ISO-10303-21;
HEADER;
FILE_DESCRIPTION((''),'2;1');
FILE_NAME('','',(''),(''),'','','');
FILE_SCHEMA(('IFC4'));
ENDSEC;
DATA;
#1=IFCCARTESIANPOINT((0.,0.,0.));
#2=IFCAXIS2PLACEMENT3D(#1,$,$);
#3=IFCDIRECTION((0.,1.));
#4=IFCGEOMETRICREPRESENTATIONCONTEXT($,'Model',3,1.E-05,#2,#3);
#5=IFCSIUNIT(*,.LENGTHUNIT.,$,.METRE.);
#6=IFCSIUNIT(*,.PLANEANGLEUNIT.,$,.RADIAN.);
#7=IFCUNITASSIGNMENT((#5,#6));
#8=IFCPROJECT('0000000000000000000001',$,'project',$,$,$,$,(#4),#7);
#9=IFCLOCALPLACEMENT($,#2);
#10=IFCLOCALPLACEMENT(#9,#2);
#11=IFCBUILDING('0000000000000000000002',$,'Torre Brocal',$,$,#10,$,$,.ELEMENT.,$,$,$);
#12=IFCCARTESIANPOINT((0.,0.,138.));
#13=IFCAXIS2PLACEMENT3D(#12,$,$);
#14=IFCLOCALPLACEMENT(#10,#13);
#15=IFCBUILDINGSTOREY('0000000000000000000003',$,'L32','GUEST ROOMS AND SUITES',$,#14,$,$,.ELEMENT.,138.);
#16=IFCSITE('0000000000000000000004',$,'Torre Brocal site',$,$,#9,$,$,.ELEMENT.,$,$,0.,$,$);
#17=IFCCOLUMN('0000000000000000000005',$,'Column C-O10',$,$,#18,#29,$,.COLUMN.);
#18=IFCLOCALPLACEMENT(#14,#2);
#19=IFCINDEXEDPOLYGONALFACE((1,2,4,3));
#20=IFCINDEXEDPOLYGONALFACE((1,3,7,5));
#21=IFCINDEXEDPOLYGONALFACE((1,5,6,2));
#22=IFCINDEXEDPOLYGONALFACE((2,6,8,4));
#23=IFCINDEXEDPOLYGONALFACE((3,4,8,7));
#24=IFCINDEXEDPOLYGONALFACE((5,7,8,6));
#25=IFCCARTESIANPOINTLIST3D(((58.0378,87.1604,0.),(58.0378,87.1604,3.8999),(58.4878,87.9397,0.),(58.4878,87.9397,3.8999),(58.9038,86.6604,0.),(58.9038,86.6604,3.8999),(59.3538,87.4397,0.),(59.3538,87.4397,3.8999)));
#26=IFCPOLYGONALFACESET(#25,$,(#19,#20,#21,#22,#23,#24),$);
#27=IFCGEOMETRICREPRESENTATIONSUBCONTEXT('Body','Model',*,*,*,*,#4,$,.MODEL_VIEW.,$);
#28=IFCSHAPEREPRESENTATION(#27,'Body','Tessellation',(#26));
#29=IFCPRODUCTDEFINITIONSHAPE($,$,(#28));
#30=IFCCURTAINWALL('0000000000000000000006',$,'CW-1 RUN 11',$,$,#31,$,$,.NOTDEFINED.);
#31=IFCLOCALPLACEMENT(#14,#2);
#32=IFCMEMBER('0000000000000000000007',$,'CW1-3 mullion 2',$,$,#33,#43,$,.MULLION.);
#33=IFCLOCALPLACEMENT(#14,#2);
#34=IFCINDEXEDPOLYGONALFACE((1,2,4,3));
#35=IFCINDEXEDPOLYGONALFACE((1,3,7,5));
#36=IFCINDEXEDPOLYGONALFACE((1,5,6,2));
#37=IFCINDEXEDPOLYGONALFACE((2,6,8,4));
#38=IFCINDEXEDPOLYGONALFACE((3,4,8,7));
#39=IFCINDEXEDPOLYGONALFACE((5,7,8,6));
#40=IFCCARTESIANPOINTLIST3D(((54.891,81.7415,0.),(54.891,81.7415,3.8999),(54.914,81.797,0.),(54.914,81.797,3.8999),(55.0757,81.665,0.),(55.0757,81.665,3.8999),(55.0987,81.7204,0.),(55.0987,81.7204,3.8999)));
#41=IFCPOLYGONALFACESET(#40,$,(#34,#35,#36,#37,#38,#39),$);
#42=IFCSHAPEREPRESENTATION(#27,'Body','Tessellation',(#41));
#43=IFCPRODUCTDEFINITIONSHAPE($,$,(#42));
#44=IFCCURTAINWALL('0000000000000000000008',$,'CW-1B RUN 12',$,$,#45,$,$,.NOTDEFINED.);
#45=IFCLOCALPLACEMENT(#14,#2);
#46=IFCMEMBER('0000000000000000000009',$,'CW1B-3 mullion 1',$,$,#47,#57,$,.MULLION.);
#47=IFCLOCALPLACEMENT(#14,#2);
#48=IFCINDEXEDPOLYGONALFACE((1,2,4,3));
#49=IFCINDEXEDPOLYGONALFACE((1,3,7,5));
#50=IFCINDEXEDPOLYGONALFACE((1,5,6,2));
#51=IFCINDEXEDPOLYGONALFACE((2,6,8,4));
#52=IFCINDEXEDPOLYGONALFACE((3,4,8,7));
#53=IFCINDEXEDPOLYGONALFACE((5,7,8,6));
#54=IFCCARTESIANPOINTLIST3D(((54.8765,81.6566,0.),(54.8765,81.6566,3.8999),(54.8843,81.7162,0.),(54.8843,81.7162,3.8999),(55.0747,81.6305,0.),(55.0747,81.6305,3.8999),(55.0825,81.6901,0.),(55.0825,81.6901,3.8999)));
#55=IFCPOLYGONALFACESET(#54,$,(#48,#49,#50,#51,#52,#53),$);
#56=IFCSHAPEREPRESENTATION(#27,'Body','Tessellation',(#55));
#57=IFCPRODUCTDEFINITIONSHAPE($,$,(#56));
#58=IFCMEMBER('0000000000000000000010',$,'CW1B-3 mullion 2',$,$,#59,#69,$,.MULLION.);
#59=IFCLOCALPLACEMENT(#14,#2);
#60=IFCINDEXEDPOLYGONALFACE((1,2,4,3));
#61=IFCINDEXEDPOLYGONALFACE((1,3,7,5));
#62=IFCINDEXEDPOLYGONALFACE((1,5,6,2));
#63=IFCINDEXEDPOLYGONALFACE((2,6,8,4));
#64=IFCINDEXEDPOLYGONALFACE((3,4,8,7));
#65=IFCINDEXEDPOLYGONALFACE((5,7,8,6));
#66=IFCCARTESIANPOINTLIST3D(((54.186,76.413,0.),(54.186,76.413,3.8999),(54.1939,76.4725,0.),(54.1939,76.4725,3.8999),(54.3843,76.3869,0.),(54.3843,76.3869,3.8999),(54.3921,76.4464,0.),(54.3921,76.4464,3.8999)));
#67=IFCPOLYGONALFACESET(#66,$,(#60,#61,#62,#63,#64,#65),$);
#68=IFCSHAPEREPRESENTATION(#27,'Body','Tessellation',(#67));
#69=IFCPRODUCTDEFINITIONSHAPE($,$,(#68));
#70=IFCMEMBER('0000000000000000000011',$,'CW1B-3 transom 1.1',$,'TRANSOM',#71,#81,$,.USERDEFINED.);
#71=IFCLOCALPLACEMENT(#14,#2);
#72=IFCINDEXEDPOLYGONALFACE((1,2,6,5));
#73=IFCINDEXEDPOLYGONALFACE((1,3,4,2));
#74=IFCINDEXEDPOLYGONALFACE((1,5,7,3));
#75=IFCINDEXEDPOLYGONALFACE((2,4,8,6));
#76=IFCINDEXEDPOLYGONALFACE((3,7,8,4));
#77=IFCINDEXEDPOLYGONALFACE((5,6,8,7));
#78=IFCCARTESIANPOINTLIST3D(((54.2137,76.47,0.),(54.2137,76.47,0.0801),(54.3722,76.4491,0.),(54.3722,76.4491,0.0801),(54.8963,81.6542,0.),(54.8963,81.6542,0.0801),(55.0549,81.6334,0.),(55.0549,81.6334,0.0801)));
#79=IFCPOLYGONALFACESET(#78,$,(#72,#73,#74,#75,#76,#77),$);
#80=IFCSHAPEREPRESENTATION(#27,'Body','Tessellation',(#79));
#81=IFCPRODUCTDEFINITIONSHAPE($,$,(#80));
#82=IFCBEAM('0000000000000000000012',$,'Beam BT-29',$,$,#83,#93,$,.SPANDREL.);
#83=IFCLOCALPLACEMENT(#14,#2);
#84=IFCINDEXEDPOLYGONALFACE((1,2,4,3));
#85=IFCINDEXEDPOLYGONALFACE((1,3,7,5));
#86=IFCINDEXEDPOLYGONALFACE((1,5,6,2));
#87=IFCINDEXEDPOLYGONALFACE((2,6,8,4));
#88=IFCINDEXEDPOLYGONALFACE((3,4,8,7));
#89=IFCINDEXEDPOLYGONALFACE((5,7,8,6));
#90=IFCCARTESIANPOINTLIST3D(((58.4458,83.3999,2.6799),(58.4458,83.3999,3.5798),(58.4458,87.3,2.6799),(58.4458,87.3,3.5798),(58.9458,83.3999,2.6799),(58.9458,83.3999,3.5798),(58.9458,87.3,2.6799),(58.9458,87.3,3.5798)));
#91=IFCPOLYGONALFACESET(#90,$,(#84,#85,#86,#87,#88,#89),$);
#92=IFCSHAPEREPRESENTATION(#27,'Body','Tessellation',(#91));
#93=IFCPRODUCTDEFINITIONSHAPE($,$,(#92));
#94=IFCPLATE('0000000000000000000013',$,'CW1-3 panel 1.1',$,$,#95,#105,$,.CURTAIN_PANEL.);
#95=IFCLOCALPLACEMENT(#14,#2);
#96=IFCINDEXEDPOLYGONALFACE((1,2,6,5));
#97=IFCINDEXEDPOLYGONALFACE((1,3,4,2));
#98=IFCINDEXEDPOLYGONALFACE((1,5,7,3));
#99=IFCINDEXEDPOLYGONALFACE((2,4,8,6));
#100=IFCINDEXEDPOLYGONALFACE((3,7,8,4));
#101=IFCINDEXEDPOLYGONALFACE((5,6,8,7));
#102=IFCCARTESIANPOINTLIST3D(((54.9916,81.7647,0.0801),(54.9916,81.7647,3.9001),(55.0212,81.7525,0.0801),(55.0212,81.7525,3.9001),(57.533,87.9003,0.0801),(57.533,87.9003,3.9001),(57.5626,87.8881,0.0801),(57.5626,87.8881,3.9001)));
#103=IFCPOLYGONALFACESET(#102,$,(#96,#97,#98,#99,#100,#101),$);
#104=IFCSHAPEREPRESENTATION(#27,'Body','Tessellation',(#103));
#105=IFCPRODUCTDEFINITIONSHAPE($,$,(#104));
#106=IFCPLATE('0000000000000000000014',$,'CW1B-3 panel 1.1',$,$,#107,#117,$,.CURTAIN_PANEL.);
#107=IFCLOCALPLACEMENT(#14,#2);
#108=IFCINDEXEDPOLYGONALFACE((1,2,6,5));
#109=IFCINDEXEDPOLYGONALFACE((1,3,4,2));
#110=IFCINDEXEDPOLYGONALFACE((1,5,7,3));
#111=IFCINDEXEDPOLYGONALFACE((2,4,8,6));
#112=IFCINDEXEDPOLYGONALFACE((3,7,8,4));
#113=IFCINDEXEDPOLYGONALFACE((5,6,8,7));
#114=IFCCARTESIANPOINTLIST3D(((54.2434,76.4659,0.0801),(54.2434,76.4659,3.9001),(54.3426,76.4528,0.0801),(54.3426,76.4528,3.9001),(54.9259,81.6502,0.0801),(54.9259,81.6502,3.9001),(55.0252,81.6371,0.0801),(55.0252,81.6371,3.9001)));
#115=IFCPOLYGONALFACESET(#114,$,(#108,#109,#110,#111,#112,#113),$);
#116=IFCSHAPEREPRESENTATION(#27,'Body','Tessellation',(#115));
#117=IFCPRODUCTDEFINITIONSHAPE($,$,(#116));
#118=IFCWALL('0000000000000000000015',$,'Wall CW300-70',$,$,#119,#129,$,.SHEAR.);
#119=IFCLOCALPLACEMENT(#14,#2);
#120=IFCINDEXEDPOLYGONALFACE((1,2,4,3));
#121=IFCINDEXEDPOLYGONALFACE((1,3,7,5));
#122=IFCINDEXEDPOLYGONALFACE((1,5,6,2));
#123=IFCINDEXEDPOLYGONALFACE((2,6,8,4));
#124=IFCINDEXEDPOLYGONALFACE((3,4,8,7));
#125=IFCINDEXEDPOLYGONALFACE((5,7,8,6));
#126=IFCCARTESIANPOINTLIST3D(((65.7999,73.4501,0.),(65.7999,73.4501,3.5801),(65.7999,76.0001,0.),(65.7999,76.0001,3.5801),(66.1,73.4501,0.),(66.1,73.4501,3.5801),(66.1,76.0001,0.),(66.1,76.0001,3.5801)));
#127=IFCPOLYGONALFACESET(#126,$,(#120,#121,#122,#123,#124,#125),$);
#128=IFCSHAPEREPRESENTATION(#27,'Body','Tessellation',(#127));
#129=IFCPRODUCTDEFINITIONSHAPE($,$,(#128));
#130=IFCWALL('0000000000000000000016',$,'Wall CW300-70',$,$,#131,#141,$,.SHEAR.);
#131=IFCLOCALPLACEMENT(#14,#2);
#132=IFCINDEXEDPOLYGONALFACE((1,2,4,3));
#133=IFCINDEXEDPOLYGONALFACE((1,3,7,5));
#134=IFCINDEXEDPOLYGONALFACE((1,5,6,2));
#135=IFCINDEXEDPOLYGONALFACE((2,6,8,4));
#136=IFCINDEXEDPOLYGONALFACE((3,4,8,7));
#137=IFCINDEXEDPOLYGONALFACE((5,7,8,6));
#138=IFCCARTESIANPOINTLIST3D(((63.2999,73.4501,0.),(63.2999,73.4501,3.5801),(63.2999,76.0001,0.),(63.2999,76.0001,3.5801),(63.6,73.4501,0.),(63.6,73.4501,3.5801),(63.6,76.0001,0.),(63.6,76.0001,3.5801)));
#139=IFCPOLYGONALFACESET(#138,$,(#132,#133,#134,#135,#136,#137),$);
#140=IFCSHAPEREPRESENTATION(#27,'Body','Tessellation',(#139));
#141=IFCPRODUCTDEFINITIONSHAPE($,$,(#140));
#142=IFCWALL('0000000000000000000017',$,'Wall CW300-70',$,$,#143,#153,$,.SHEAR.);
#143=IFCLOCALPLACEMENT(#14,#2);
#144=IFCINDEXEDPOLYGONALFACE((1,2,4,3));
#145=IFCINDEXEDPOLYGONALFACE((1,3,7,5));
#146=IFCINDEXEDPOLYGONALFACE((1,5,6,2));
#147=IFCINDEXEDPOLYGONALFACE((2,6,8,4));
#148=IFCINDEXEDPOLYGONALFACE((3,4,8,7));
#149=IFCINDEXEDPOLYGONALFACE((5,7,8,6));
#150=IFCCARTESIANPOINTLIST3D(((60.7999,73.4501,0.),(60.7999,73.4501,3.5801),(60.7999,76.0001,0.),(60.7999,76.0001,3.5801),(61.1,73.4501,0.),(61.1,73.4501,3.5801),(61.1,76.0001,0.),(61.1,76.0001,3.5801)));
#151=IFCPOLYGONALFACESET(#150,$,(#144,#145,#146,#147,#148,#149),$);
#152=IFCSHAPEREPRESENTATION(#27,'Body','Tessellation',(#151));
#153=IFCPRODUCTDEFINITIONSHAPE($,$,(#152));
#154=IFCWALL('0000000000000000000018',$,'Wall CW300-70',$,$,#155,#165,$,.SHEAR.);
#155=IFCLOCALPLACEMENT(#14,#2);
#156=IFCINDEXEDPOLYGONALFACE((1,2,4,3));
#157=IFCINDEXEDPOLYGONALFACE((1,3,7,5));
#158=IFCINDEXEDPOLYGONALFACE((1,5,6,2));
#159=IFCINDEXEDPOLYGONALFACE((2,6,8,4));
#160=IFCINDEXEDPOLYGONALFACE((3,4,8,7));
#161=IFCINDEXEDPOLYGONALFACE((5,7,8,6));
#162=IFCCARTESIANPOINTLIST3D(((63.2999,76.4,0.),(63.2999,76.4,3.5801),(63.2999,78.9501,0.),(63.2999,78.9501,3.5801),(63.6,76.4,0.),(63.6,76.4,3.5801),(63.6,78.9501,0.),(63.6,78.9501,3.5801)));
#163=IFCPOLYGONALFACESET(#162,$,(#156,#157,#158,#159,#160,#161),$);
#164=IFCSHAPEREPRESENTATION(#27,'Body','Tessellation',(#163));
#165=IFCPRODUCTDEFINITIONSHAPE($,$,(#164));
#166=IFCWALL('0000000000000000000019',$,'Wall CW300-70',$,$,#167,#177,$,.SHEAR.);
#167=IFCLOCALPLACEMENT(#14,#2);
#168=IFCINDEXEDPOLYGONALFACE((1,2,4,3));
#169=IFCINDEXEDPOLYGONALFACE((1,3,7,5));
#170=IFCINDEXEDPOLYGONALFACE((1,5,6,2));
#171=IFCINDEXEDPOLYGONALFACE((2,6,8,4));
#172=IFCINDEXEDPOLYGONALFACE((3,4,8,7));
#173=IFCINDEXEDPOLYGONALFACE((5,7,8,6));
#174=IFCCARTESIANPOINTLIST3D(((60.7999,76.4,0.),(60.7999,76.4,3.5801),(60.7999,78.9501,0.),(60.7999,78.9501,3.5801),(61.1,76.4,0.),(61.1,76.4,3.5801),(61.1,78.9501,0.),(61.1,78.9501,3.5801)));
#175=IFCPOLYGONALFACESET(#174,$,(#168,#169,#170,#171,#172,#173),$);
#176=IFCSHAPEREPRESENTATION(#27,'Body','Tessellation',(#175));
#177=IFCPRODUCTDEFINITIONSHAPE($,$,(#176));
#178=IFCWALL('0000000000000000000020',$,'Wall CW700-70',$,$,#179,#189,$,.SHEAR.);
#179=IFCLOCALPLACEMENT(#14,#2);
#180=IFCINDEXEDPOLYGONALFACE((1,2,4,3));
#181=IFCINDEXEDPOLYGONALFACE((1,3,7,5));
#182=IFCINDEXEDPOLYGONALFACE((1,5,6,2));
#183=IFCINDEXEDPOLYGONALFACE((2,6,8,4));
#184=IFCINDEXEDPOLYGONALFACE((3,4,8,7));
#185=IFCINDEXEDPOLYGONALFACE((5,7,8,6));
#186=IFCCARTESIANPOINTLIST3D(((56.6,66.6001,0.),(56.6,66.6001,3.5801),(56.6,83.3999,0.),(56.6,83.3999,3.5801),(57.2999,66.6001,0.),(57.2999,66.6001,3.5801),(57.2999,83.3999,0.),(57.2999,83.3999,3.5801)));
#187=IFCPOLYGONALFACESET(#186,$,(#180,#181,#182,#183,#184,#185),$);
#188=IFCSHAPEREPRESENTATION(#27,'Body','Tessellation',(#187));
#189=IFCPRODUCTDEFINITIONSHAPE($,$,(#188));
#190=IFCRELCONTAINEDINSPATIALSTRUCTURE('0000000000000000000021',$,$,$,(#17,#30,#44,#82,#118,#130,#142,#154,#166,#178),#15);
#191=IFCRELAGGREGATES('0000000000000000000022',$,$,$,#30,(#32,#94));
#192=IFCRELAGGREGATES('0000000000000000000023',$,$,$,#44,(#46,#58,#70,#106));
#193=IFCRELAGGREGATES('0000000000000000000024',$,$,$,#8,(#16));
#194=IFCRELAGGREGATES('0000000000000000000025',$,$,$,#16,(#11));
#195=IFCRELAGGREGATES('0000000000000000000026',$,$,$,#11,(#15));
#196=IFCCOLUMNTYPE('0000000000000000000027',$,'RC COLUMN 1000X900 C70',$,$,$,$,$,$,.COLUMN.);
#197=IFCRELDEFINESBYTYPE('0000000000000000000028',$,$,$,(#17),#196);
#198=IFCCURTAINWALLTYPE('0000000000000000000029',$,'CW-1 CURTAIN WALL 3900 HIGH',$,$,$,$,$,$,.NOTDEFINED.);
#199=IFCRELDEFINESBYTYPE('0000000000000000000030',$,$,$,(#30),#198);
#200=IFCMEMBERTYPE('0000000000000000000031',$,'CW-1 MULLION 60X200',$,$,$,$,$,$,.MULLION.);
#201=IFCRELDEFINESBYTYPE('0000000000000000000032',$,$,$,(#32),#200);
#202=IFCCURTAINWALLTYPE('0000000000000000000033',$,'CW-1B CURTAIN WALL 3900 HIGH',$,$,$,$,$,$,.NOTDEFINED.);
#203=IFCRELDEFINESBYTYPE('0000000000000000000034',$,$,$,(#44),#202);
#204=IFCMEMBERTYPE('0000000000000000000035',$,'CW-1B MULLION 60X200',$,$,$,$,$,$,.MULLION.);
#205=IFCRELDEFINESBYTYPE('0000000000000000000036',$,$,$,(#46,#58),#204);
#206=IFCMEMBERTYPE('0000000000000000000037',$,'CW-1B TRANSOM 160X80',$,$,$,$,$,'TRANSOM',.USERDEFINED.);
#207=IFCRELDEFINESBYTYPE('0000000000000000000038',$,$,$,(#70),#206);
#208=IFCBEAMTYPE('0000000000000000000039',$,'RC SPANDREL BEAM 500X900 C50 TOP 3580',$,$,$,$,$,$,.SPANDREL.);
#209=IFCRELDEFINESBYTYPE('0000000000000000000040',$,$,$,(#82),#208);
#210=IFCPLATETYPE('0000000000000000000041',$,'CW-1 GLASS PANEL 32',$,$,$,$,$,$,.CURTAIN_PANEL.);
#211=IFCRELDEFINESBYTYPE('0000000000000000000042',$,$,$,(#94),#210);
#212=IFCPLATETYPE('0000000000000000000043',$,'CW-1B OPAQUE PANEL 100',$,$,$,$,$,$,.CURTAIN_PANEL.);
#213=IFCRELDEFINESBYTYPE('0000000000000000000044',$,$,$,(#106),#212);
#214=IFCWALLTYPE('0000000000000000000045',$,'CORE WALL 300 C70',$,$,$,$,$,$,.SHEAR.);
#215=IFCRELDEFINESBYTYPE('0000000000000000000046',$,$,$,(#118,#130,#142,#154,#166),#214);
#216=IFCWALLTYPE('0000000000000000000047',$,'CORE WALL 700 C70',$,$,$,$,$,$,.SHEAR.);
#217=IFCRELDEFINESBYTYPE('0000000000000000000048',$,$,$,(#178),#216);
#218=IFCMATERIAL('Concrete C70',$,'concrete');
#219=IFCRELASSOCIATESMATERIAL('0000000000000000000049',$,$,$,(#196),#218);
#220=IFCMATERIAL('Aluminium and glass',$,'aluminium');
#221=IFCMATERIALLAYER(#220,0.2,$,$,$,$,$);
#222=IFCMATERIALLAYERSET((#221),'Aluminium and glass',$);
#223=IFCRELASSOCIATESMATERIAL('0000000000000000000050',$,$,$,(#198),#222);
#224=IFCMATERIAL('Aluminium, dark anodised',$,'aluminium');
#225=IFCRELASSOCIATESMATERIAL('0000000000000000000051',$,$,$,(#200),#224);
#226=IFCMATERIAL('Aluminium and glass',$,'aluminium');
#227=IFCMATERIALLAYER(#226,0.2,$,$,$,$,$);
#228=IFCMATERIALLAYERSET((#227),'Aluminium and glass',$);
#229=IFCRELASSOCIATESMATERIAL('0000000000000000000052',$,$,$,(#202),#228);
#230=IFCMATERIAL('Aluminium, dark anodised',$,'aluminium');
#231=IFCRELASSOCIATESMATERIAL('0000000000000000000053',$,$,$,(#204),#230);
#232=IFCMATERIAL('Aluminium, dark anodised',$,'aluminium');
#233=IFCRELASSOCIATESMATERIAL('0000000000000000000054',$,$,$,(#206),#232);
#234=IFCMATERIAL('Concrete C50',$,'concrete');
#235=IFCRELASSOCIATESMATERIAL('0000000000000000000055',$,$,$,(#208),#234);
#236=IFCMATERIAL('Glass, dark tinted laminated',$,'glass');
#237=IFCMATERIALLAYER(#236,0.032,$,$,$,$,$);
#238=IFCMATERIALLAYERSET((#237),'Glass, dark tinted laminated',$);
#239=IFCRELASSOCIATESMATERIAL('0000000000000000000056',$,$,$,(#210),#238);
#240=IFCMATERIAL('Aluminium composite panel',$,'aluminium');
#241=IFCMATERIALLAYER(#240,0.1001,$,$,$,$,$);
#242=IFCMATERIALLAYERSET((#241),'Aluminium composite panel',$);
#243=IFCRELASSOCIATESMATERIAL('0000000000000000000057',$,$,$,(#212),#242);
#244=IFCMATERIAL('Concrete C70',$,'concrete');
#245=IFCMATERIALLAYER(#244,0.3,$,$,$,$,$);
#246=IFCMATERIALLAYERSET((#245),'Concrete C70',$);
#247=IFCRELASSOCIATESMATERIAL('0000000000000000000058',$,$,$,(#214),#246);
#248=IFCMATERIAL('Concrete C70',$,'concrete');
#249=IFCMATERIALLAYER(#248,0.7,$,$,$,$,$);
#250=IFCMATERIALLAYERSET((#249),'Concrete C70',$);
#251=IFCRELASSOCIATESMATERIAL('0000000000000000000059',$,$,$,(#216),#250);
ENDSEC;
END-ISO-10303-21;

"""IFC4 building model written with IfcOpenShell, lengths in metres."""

from ifc_helpers import new_model, si_unit, direction, frame, frame_2d, origin, origin_2d, place, context, subcontext, project, spatial, rectangle, extrude, material, layer, layer_set, material_profile, profile_set, type_object, element, aggregate, save


model = new_model("IFC4")

# Units and contexts
model_context = context("Model", 3, precision=1e-05, world=origin(), true_north=direction((0.0, 1.0)))
body_context = subcontext(model_context, "Body", "Model", "MODEL_VIEW")
ifc_project = project(units=[si_unit("LENGTHUNIT", "METRE"), si_unit("PLANEANGLEUNIT", "RADIAN")], contexts=[model_context])

# Site, building, storey
site_placement = place(None, origin())
site = spatial("IfcSite", under=ifc_project, at=site_placement, Name="Torre Brocal site", CompositionType="ELEMENT", RefElevation=0.0)
building_placement = place(site_placement, origin())
building = spatial("IfcBuilding", under=site, at=building_placement, Name="Torre Brocal", CompositionType="ELEMENT")
storey_placement = place(building_placement, frame((0.0, 0.0, 138.0)))
storey = spatial("IfcBuildingStorey", under=building, at=storey_placement, Name="L32", Description="GUEST ROOMS AND SUITES", CompositionType="ELEMENT", Elevation=138.0)

# Column
ifc_material_1 = material(Name="Concrete C70", Category="concrete")
ifc_material_profile_1 = material_profile(ifc_material_1, rectangle(XDim=1.0, YDim=0.8999, at=origin_2d()), Name="RC 1000X900")
ifc_profile_set_1 = profile_set([ifc_material_profile_1], Name="Concrete C70")
column_type = type_object("IfcColumnType", Name="RC COLUMN 1000X900 C70", PredefinedType="COLUMN", material=ifc_profile_set_1)
column_placement = place(storey_placement, frame((58.6958, 87.3, 0.0), z_axis=(0.0, 0.0, 1.0), x_axis=(-0.866025, 0.5, 0.0)))
element("IfcColumn", 1, at=column_placement, inside=storey, type_object=column_type, Name="Column C-O10", PredefinedType="COLUMN", context=body_context, shape_type="SweptSolid", body=[
    extrude(rectangle(XDim=1.0, YDim=0.8999, at=origin_2d()), origin(), (0.0, 0.0, 1.0), 3.8999),
])

# Curtain wall, member
ifc_material_2 = material(Name="Aluminium and glass", Category="aluminium")
ifc_layer_1 = layer(ifc_material_2, 0.2)
ifc_layer_set_1 = layer_set([ifc_layer_1], Name="Aluminium and glass")
curtain_wall_type_1 = type_object("IfcCurtainWallType", Name="CW-1 CURTAIN WALL 3900 HIGH", PredefinedType="NOTDEFINED", material=ifc_layer_set_1)
curtain_wall_1_placement = place(storey_placement, origin())
curtain_wall_1 = element("IfcCurtainWall", 2, at=curtain_wall_1_placement, inside=storey, type_object=curtain_wall_type_1, Name="CW-1 RUN 11", PredefinedType="NOTDEFINED")
ifc_material_3 = material(Name="Aluminium, dark anodised", Category="aluminium")
ifc_material_profile_2 = material_profile(ifc_material_3, rectangle(XDim=0.2, YDim=0.0601, at=origin_2d()), Name="CW-1 MULLION 60X200")
ifc_profile_set_2 = profile_set([ifc_material_profile_2], Name="Aluminium, dark anodised")
member_type_1 = type_object("IfcMemberType", Name="CW-1 MULLION 60X200", PredefinedType="MULLION", material=ifc_profile_set_2)
member_1_placement = place(storey_placement, frame((54.9949, 81.731, 0.0), z_axis=(0.0, 0.0, 1.0), x_axis=(0.92388, -0.382683, 0.0)))
member_1 = element("IfcMember", 3, at=member_1_placement, type_object=member_type_1, Name="CW1-3 mullion 2", PredefinedType="MULLION", context=body_context, shape_type="SweptSolid", body=[
    extrude(rectangle(XDim=0.2, YDim=0.0601, at=origin_2d()), origin(), (0.0, 0.0, 1.0), 3.8999),
])

# Curtain wall, members
ifc_material_4 = material(Name="Aluminium and glass", Category="aluminium")
ifc_layer_2 = layer(ifc_material_4, 0.2)
ifc_layer_set_2 = layer_set([ifc_layer_2], Name="Aluminium and glass")
curtain_wall_type_2 = type_object("IfcCurtainWallType", Name="CW-1B CURTAIN WALL 3900 HIGH", PredefinedType="NOTDEFINED", material=ifc_layer_set_2)
curtain_wall_2_placement = place(storey_placement, origin())
curtain_wall_2 = element("IfcCurtainWall", 4, at=curtain_wall_2_placement, inside=storey, type_object=curtain_wall_type_2, Name="CW-1B RUN 12", PredefinedType="NOTDEFINED")
ifc_material_5 = material(Name="Aluminium, dark anodised", Category="aluminium")
ifc_material_profile_3 = material_profile(ifc_material_5, rectangle(XDim=0.2, YDim=0.0601, at=origin_2d()), Name="CW-1B MULLION 60X200")
ifc_profile_set_3 = profile_set([ifc_material_profile_3], Name="Aluminium, dark anodised")
member_type_2 = type_object("IfcMemberType", Name="CW-1B MULLION 60X200", PredefinedType="MULLION", material=ifc_profile_set_3)
member_2_placement = place(storey_placement, frame((54.9795, 81.6733, 0.0), z_axis=(0.0, 0.0, 1.0), x_axis=(0.991445, -0.130526, 0.0)))
member_2 = element("IfcMember", 5, at=member_2_placement, type_object=member_type_2, Name="CW1B-3 mullion 1", PredefinedType="MULLION", context=body_context, shape_type="SweptSolid", body=[
    extrude(rectangle(XDim=0.2, YDim=0.0601, at=origin_2d()), origin(), (0.0, 0.0, 1.0), 3.8999),
])
member_3_placement = place(storey_placement, frame((54.2891, 76.4297, 0.0), z_axis=(0.0, 0.0, 1.0), x_axis=(0.991445, -0.130526, 0.0)))
member_3 = element("IfcMember", 6, at=member_3_placement, type_object=member_type_2, Name="CW1B-3 mullion 2", PredefinedType="MULLION", context=body_context, shape_type="SweptSolid", body=[
    extrude(rectangle(XDim=0.2, YDim=0.0601, at=origin_2d()), origin(), (0.0, 0.0, 1.0), 3.8999),
])
ifc_material_6 = material(Name="Aluminium, dark anodised", Category="aluminium")
ifc_material_profile_4 = material_profile(ifc_material_6, rectangle(XDim=0.1599, YDim=0.0801, at=origin_2d()), Name="CW-1B TRANSOM 160X80")
ifc_profile_set_4 = profile_set([ifc_material_profile_4], Name="Aluminium, dark anodised")
member_type_3 = type_object("IfcMemberType", Name="CW-1B TRANSOM 160X80", ElementType="TRANSOM", PredefinedType="USERDEFINED", material=ifc_profile_set_4)
member_4_placement = place(storey_placement, frame((54.9756, 81.6438, 0.04), z_axis=(-0.130543, -0.991443, 0.0), x_axis=(0.991443, -0.130543, 0.0)))
member_4 = element("IfcMember", 7, at=member_4_placement, type_object=member_type_3, Name="CW1B-3 transom 1.1", ObjectType="TRANSOM", PredefinedType="USERDEFINED", context=body_context, shape_type="SweptSolid", body=[
    extrude(rectangle(XDim=0.1599, YDim=0.0801, at=origin_2d()), origin(), (0.0, 0.0, 1.0), 5.229),
])

# Beam
ifc_material_7 = material(Name="Concrete C50", Category="concrete")
ifc_material_profile_5 = material_profile(ifc_material_7, rectangle(XDim=0.5, YDim=0.8999, at=origin_2d()), Name="RC 500X900")
ifc_profile_set_5 = profile_set([ifc_material_profile_5], Name="Concrete C50")
beam_type = type_object("IfcBeamType", Name="RC SPANDREL BEAM 500X900 C50 TOP 3580", PredefinedType="SPANDREL", material=ifc_profile_set_5)
beam_placement = place(storey_placement, frame((58.6958, 87.3, 3.1299), z_axis=(0.0, -1.0, 0.0), x_axis=(1.0, 0.0, 0.0)))
element("IfcBeam", 8, at=beam_placement, inside=storey, type_object=beam_type, Name="Beam BT-29", PredefinedType="SPANDREL", context=body_context, shape_type="SweptSolid", body=[
    extrude(rectangle(XDim=0.5, YDim=0.8999, at=origin_2d()), origin(), (0.0, 0.0, 1.0), 3.9001),
])

# Plates
ifc_material_8 = material(Name="Glass, dark tinted laminated", Category="glass")
ifc_layer_3 = layer(ifc_material_8, 0.032)
ifc_layer_set_3 = layer_set([ifc_layer_3], Name="Glass, dark tinted laminated")
plate_type_1 = type_object("IfcPlateType", Name="CW-1 GLASS PANEL 32", PredefinedType="CURTAIN_PANEL", material=ifc_layer_set_3)
plate_1_placement = place(storey_placement, frame((56.2771, 84.8264, 0.0801), z_axis=(0.0, 0.0, 1.0), x_axis=(-0.382683, -0.92388, 0.0)))
plate_1 = element("IfcPlate", 9, at=plate_1_placement, type_object=plate_type_1, Name="CW1-3 panel 1.1", PredefinedType="CURTAIN_PANEL", context=body_context, shape_type="SweptSolid", body=[
    extrude(rectangle(XDim=6.6411, YDim=0.032, at=origin_2d()), origin(), (0.0, 0.0, 1.0), 3.8201),
])
aggregate(curtain_wall_1, [member_1, plate_1])
ifc_material_9 = material(Name="Aluminium composite panel", Category="aluminium")
ifc_layer_4 = layer(ifc_material_9, 0.1001)
ifc_layer_set_4 = layer_set([ifc_layer_4], Name="Aluminium composite panel")
plate_type_2 = type_object("IfcPlateType", Name="CW-1B OPAQUE PANEL 100", PredefinedType="CURTAIN_PANEL", material=ifc_layer_set_4)
plate_2_placement = place(storey_placement, frame((54.6343, 79.0515, 0.0801), z_axis=(0.0, 0.0, 1.0), x_axis=(-0.130526, -0.991445, 0.0)))
plate_2 = element("IfcPlate", 10, at=plate_2_placement, type_object=plate_type_2, Name="CW1B-3 panel 1.1", PredefinedType="CURTAIN_PANEL", context=body_context, shape_type="SweptSolid", body=[
    extrude(rectangle(XDim=5.229, YDim=0.1001, at=origin_2d()), origin(), (0.0, 0.0, 1.0), 3.8201),
])
aggregate(curtain_wall_2, [member_2, member_3, member_4, plate_2])

# Walls
ifc_material_10 = material(Name="Concrete C70", Category="concrete")
ifc_layer_5 = layer(ifc_material_10, 0.3)
ifc_layer_set_5 = layer_set([ifc_layer_5], Name="Concrete C70")
wall_type_1 = type_object("IfcWallType", Name="CORE WALL 300 C70", PredefinedType="SHEAR", material=ifc_layer_set_5)
for number, where, z_axis, x_axis, name in (
    (11, (65.95, 76.0, 0.0), (0.0, 0.0, 1.0), (0.0, -1.0, 0.0), "Wall CW300-70"),
    (12, (63.45, 76.0, 0.0), (0.0, 0.0, 1.0), (0.0, -1.0, 0.0), "Wall CW300-70"),
    (13, (60.95, 76.0, 0.0), (0.0, 0.0, 1.0), (0.0, -1.0, 0.0), "Wall CW300-70"),
    (14, (63.45, 78.95, 0.0), (0.0, 0.0, 1.0), (0.0, -1.0, 0.0), "Wall CW300-70"),
    (15, (60.95, 78.95, 0.0), (0.0, 0.0, 1.0), (0.0, -1.0, 0.0), "Wall CW300-70"),
):
    element("IfcWall", number, at=place(storey_placement, frame(where, z_axis=z_axis, x_axis=x_axis)), inside=storey, type_object=wall_type_1, Name=name, PredefinedType="SHEAR", context=body_context, shape_type="SweptSolid", body=[
        extrude(rectangle(XDim=2.55, YDim=0.3, at=frame_2d((1.2749, 0.0))), origin(), (0.0, 0.0, 1.0), 3.5801),
    ])
ifc_material_11 = material(Name="Concrete C70", Category="concrete")
ifc_layer_6 = layer(ifc_material_11, 0.7)
ifc_layer_set_6 = layer_set([ifc_layer_6], Name="Concrete C70")
wall_type_2 = type_object("IfcWallType", Name="CORE WALL 700 C70", PredefinedType="SHEAR", material=ifc_layer_set_6)
wall_1_placement = place(storey_placement, frame((56.95, 83.3999, 0.0), z_axis=(0.0, 0.0, 1.0), x_axis=(0.0, -1.0, 0.0)))
element("IfcWall", 16, at=wall_1_placement, inside=storey, type_object=wall_type_2, Name="Wall CW700-70", PredefinedType="SHEAR", context=body_context, shape_type="SweptSolid", body=[
    extrude(rectangle(XDim=16.7998, YDim=0.7, at=frame_2d((8.3999, 0.0))), origin(), (0.0, 0.0, 1.0), 3.5801),
])

save(model, "model.ifc")
